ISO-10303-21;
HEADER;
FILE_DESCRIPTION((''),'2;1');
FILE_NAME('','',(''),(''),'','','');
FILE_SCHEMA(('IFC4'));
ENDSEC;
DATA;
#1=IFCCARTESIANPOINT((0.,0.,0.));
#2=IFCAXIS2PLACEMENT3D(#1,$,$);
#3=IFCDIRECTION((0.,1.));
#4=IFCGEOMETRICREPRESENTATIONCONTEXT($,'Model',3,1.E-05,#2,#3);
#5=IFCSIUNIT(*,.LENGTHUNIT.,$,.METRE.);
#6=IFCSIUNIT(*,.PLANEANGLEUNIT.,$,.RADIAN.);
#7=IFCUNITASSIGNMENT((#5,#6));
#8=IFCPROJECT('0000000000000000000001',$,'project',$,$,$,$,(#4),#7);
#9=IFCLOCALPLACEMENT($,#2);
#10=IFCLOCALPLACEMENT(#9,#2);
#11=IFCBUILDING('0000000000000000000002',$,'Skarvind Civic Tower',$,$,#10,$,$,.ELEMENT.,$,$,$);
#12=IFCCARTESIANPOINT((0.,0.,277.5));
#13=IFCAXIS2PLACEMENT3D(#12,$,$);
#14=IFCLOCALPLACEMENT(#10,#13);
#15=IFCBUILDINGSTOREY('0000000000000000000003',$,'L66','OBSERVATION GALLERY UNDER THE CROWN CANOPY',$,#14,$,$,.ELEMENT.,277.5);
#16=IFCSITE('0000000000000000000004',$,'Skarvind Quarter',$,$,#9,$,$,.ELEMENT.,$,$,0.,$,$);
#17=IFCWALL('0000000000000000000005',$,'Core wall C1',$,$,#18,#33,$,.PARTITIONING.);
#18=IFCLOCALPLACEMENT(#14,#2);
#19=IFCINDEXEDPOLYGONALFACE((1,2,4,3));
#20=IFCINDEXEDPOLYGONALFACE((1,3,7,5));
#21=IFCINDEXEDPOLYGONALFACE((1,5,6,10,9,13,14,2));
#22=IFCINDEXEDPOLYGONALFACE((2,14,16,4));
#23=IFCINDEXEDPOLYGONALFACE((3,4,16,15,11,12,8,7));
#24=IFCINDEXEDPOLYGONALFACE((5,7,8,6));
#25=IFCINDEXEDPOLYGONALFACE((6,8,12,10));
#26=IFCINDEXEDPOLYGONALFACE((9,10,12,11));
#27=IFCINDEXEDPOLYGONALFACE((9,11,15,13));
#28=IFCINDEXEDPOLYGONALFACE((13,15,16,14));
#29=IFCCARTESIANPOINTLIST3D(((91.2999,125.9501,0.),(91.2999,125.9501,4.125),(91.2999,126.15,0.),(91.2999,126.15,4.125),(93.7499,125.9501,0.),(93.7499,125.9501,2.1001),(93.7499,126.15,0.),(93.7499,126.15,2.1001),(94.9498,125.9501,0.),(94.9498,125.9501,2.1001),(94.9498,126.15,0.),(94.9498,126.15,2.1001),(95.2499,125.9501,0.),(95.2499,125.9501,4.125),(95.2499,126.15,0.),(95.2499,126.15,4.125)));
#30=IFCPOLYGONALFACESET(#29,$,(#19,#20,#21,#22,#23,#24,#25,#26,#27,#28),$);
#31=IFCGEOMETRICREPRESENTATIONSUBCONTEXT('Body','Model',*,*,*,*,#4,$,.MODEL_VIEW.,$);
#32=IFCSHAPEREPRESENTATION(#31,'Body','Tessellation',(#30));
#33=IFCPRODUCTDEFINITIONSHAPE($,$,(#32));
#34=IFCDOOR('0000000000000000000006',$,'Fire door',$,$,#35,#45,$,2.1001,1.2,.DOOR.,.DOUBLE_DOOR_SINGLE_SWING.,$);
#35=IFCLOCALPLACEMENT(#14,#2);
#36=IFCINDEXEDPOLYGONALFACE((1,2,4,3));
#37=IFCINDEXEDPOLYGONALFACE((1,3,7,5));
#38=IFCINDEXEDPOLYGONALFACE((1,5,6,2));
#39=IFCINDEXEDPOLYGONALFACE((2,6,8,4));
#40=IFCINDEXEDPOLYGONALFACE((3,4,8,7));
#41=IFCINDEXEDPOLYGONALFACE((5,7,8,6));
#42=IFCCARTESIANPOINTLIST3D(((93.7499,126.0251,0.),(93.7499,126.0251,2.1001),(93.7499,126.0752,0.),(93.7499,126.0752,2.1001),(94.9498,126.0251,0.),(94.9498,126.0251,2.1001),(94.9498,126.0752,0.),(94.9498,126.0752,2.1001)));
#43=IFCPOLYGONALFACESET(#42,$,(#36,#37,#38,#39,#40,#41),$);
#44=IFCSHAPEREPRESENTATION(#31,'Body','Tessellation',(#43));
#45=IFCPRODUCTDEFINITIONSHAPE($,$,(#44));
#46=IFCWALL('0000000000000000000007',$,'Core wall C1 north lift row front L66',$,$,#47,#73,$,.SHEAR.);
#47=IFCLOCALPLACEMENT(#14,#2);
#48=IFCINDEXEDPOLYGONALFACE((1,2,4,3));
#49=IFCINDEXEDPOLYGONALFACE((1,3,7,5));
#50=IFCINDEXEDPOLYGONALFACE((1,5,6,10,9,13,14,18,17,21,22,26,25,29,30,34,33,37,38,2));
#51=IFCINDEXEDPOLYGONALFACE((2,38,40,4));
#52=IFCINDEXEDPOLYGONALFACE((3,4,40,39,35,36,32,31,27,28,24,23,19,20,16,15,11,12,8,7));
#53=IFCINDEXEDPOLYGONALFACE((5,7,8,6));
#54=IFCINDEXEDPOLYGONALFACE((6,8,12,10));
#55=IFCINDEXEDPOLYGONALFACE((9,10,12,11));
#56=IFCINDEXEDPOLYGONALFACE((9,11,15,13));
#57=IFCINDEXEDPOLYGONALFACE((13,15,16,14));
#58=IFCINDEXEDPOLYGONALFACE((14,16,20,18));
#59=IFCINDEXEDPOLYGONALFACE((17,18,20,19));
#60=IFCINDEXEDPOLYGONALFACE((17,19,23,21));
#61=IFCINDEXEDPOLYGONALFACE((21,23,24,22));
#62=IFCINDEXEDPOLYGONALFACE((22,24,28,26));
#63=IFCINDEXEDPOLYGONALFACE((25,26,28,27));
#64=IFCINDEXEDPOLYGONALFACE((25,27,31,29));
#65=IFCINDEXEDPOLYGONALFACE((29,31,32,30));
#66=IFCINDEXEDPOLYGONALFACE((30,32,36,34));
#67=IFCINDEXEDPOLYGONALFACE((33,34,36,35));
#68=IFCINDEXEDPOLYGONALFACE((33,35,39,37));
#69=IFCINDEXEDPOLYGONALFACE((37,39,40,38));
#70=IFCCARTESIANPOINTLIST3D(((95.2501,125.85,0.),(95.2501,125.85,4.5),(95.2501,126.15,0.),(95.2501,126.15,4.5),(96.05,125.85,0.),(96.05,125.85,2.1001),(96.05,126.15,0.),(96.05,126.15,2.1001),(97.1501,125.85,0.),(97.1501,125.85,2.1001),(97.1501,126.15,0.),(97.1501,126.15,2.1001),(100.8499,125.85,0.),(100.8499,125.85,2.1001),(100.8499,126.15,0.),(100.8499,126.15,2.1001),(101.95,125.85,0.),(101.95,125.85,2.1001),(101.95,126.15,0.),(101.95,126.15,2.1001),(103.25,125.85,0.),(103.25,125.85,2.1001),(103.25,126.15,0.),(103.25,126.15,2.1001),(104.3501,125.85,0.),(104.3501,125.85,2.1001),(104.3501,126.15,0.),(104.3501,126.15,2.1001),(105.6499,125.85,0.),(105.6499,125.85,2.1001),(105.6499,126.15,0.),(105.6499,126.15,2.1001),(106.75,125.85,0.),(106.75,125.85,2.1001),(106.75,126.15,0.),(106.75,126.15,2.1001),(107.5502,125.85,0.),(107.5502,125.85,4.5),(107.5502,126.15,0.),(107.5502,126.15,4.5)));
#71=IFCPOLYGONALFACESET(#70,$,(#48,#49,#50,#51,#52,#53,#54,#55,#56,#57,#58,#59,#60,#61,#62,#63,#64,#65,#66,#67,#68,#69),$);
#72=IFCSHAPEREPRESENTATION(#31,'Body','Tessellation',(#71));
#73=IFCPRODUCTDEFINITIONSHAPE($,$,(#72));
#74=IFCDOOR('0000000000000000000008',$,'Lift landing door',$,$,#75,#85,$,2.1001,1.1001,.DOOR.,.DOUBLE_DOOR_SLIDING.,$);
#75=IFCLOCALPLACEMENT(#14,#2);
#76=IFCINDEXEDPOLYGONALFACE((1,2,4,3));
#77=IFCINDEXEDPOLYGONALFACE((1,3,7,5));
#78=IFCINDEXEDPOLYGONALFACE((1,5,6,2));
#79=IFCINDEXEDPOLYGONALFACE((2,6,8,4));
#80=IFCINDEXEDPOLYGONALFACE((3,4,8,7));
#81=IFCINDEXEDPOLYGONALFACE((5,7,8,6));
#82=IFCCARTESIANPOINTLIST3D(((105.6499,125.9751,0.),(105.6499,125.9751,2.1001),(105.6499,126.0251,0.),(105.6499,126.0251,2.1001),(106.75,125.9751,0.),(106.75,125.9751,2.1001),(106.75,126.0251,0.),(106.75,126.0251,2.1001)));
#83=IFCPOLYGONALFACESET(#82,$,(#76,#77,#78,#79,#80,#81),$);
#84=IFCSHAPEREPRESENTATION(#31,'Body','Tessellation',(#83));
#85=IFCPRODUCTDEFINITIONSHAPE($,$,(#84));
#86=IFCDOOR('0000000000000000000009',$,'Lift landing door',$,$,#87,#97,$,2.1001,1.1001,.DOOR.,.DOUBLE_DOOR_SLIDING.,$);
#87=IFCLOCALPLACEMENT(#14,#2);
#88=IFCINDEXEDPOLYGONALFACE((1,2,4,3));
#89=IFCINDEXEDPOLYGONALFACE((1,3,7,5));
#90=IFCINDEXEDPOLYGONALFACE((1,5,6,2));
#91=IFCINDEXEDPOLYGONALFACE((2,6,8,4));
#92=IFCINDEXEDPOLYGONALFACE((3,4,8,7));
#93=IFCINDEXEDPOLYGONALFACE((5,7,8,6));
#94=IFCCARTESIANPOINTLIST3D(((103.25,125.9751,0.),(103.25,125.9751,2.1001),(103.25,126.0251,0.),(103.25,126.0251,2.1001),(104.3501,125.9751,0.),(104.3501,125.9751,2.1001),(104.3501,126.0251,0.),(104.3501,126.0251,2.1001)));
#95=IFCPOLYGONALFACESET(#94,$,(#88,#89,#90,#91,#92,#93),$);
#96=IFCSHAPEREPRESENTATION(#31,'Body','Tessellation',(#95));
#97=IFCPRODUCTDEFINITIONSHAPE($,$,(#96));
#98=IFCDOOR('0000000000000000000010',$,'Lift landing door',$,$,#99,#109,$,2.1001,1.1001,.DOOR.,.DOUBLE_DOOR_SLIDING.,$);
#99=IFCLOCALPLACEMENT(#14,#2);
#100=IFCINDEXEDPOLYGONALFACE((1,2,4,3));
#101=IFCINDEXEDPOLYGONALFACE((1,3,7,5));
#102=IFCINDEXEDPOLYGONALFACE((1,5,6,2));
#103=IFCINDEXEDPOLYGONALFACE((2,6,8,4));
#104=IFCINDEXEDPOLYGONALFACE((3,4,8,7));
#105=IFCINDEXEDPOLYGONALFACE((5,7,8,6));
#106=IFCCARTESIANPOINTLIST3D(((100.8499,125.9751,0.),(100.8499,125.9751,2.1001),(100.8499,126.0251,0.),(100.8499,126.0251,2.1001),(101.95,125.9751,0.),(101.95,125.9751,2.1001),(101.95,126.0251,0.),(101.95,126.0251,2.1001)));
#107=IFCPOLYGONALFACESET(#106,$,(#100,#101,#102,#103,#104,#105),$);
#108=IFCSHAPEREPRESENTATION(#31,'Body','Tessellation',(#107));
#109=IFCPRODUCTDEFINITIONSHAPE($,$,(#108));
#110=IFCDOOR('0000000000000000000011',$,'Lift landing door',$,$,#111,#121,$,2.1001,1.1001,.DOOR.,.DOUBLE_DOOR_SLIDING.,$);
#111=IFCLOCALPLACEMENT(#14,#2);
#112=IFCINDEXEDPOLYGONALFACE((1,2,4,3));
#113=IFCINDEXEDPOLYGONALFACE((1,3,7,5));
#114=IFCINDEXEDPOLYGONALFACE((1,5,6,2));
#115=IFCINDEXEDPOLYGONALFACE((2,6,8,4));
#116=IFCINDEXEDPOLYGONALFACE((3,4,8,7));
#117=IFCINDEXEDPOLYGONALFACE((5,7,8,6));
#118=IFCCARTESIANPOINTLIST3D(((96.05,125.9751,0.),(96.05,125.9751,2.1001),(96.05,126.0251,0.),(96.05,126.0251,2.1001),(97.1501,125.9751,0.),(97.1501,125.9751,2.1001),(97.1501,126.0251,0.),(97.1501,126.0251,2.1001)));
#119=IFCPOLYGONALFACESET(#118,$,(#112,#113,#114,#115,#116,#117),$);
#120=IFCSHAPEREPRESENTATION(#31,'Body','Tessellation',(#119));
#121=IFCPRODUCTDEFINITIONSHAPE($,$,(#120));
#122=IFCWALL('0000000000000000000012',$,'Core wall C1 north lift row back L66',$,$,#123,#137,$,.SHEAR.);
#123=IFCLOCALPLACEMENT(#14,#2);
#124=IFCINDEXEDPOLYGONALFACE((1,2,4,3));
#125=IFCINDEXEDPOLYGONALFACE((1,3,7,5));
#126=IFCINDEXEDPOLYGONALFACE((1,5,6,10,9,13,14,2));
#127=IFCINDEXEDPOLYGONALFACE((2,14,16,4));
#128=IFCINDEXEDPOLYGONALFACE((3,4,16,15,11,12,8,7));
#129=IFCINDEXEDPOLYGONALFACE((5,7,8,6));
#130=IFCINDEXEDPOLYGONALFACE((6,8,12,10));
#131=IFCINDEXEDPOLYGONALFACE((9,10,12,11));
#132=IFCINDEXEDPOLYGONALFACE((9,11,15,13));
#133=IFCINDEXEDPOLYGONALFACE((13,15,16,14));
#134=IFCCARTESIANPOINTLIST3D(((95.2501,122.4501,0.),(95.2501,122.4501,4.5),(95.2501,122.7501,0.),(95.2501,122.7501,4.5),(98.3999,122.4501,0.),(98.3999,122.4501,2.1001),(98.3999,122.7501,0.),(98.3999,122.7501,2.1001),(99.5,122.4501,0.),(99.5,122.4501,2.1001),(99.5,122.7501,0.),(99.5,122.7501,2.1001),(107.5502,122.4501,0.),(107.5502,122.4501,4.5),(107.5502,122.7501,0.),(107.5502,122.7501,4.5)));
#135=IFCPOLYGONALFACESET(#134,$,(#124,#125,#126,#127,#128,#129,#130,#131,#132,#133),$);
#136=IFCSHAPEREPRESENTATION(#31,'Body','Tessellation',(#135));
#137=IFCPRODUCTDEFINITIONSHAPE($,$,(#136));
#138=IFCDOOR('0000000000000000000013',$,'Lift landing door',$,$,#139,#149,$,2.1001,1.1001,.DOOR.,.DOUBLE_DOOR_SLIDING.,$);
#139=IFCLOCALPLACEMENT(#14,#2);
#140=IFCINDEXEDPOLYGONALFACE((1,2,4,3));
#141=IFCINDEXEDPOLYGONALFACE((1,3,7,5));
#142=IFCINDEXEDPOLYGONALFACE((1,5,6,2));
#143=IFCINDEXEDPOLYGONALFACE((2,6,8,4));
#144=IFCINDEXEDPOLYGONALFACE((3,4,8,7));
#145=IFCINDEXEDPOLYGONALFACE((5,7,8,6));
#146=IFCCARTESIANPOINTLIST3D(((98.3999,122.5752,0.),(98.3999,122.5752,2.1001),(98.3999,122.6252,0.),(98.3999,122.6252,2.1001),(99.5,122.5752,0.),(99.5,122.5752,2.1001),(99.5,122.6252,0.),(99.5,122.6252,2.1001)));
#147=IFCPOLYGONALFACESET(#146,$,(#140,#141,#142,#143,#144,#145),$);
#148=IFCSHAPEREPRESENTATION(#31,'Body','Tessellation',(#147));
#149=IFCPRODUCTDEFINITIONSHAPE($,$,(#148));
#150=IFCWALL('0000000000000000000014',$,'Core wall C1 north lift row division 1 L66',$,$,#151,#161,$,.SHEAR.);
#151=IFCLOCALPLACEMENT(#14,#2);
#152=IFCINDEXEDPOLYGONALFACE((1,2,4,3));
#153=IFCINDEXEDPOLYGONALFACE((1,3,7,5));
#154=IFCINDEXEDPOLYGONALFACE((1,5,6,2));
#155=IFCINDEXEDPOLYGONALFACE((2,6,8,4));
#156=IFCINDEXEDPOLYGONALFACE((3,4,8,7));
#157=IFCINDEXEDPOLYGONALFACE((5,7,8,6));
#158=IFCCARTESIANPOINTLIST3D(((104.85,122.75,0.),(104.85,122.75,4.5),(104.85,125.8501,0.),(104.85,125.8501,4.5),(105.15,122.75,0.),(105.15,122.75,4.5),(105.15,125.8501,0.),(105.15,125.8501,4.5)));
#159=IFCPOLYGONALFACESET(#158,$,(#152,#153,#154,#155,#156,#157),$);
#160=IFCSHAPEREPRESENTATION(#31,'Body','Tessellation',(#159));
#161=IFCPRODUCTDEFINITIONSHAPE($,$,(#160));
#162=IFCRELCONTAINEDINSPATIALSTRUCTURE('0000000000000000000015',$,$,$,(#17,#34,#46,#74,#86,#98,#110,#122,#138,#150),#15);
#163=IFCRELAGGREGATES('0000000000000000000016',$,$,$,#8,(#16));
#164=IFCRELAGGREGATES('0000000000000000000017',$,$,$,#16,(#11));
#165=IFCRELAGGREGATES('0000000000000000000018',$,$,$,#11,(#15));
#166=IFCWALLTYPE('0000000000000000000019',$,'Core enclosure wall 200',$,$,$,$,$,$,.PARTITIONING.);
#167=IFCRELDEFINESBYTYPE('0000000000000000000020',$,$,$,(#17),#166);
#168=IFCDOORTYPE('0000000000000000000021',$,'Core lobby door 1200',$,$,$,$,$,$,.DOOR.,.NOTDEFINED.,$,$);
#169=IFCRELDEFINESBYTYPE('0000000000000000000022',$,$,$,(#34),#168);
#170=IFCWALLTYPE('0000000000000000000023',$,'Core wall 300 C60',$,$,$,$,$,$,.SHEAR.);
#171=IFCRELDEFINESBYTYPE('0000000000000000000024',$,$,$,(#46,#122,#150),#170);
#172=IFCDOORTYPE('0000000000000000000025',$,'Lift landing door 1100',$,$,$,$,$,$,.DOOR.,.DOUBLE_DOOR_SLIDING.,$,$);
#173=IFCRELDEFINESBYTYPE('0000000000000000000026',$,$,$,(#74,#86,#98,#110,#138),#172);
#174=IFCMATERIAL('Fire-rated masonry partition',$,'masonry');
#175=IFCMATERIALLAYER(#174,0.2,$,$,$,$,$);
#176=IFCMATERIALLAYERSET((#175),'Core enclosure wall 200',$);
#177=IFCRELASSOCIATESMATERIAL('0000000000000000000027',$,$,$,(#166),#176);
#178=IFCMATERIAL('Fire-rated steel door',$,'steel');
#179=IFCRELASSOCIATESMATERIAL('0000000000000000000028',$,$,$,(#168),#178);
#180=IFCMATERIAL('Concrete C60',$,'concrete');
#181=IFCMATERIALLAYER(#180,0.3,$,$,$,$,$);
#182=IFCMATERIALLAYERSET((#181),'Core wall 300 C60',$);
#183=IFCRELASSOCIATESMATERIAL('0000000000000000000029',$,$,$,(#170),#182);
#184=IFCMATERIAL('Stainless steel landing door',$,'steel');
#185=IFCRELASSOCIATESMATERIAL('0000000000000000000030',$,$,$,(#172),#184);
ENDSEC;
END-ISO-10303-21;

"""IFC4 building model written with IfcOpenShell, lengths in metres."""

from ifc_helpers import new_model, si_unit, direction, frame, frame_2d, origin, place, context, subcontext, project, spatial, rectangle, extrude, material, layer, layer_set, type_object, element, fill, save


model = new_model("IFC4")

# Units and contexts
model_context = context("Model", 3, precision=1e-05, world=origin(), true_north=direction((0.0, 1.0)))
body_context = subcontext(model_context, "Body", "Model", "MODEL_VIEW")
ifc_project = project(units=[si_unit("LENGTHUNIT", "METRE"), si_unit("PLANEANGLEUNIT", "RADIAN")], contexts=[model_context])

# Site, building, storey
site_placement = place(None, origin())
site = spatial("IfcSite", under=ifc_project, at=site_placement, Name="Skarvind Quarter", CompositionType="ELEMENT", RefElevation=0.0)
building_placement = place(site_placement, origin())
building = spatial("IfcBuilding", under=site, at=building_placement, Name="Skarvind Civic Tower", CompositionType="ELEMENT")
storey_placement = place(building_placement, frame((0.0, 0.0, 277.5)))
storey = spatial("IfcBuildingStorey", under=building, at=storey_placement, Name="L66", Description="OBSERVATION GALLERY UNDER THE CROWN CANOPY", CompositionType="ELEMENT", Elevation=277.5)

# Wall, opening, door
ifc_material_1 = material(Name="Fire-rated masonry partition", Category="masonry")
ifc_layer_1 = layer(ifc_material_1, 0.2)
ifc_layer_set_1 = layer_set([ifc_layer_1], Name="Core enclosure wall 200")
wall_type_1 = type_object("IfcWallType", Name="Core enclosure wall 200", PredefinedType="PARTITIONING", material=ifc_layer_set_1)
wall_1_placement = place(storey_placement, frame((95.25, 126.05, 0.0), z_axis=(0.0, 0.0, 1.0), x_axis=(-1.0, 0.0, 0.0)))
wall_1 = element("IfcWall", 1, at=wall_1_placement, inside=storey, type_object=wall_type_1, Name="Core wall C1", PredefinedType="PARTITIONING", context=body_context, shape_type="SweptSolid", body=[
    extrude(rectangle(XDim=3.95, YDim=0.2, at=frame_2d((1.9751, 0.0))), origin(), (0.0, 0.0, 1.0), 4.125),
])
opening_1_placement = place(wall_1_placement, frame((0.3, 0.0, 0.0)))
opening_1 = element("IfcOpeningElement", 2, at=opening_1_placement, cuts=wall_1, PredefinedType="OPENING", context=body_context, shape_type="SweptSolid", body=[
    extrude(rectangle(XDim=1.2, YDim=2.1001, at=frame_2d((0.6001, 1.05))), frame((0.0, 0.1099, 0.0), z_axis=(0.0, -1.0, 0.0), x_axis=(1.0, 0.0, 0.0)), (0.0, 0.0, 1.0), 0.22),
])
ifc_material_2 = material(Name="Fire-rated steel door", Category="steel")
door_type_1 = type_object("IfcDoorType", Name="Core lobby door 1200", OperationType="NOTDEFINED", PredefinedType="DOOR", material=ifc_material_2)
door_1_placement = place(opening_1_placement, origin())
door_1 = element("IfcDoor", 3, at=door_1_placement, inside=storey, type_object=door_type_1, Name="Fire door", OperationType="DOUBLE_DOOR_SINGLE_SWING", OverallHeight=2.1001, OverallWidth=1.2, PredefinedType="DOOR", context=body_context, shape_type="SweptSolid", body=[
    extrude(rectangle(XDim=1.2, YDim=2.1001, at=frame_2d((0.6001, 1.05))), frame((0.0, 0.0249, 0.0), z_axis=(0.0, -1.0, 0.0), x_axis=(1.0, 0.0, 0.0)), (0.0, 0.0, 1.0), 0.05),
])
fill(opening_1, door_1)

# Wall, openings, doors
ifc_material_3 = material(Name="Concrete C60", Category="concrete")
ifc_layer_2 = layer(ifc_material_3, 0.3)
ifc_layer_set_2 = layer_set([ifc_layer_2], Name="Core wall 300 C60")
wall_type_2 = type_object("IfcWallType", Name="Core wall 300 C60", PredefinedType="SHEAR", material=ifc_layer_set_2)
wall_2_placement = place(storey_placement, frame((107.55, 126.0, 0.0), z_axis=(0.0, 0.0, 1.0), x_axis=(-1.0, 0.0, 0.0)))
wall_2 = element("IfcWall", 4, at=wall_2_placement, inside=storey, type_object=wall_type_2, Name="Core wall C1 north lift row front L66", PredefinedType="SHEAR", context=body_context, shape_type="SweptSolid", body=[
    extrude(rectangle(XDim=12.3, YDim=0.3, at=frame_2d((6.1499, 0.0))), origin(), (0.0, 0.0, 1.0), 4.5),
])
opening_2_placement = place(wall_2_placement, frame((0.8, 0.0, 0.0)))
opening_2 = element("IfcOpeningElement", 5, at=opening_2_placement, cuts=wall_2, PredefinedType="OPENING", context=body_context, shape_type="SweptSolid", body=[
    extrude(rectangle(XDim=1.1001, YDim=2.1001, at=frame_2d((0.55, 1.05))), frame((0.0, 0.1599, 0.0), z_axis=(0.0, -1.0, 0.0), x_axis=(1.0, 0.0, 0.0)), (0.0, 0.0, 1.0), 0.3201),
])
opening_3_placement = place(wall_2_placement, frame((3.2, 0.0, 0.0)))
opening_3 = element("IfcOpeningElement", 6, at=opening_3_placement, cuts=wall_2, PredefinedType="OPENING", context=body_context, shape_type="SweptSolid", body=[
    extrude(rectangle(XDim=1.1001, YDim=2.1001, at=frame_2d((0.55, 1.05))), frame((0.0, 0.1599, 0.0), z_axis=(0.0, -1.0, 0.0), x_axis=(1.0, 0.0, 0.0)), (0.0, 0.0, 1.0), 0.3201),
])
opening_4_placement = place(wall_2_placement, frame((5.6001, 0.0, 0.0)))
opening_4 = element("IfcOpeningElement", 7, at=opening_4_placement, cuts=wall_2, PredefinedType="OPENING", context=body_context, shape_type="SweptSolid", body=[
    extrude(rectangle(XDim=1.1001, YDim=2.1001, at=frame_2d((0.55, 1.05))), frame((0.0, 0.1599, 0.0), z_axis=(0.0, -1.0, 0.0), x_axis=(1.0, 0.0, 0.0)), (0.0, 0.0, 1.0), 0.3201),
])
opening_5_placement = place(wall_2_placement, frame((10.3999, 0.0, 0.0)))
opening_5 = element("IfcOpeningElement", 8, at=opening_5_placement, cuts=wall_2, PredefinedType="OPENING", context=body_context, shape_type="SweptSolid", body=[
    extrude(rectangle(XDim=1.1001, YDim=2.1001, at=frame_2d((0.55, 1.05))), frame((0.0, 0.1599, 0.0), z_axis=(0.0, -1.0, 0.0), x_axis=(1.0, 0.0, 0.0)), (0.0, 0.0, 1.0), 0.3201),
])
ifc_material_4 = material(Name="Stainless steel landing door", Category="steel")
door_type_2 = type_object("IfcDoorType", Name="Lift landing door 1100", OperationType="DOUBLE_DOOR_SLIDING", PredefinedType="DOOR", material=ifc_material_4)
door_2_placement = place(opening_2_placement, origin())
door_2 = element("IfcDoor", 9, at=door_2_placement, inside=storey, type_object=door_type_2, Name="Lift landing door", OperationType="DOUBLE_DOOR_SLIDING", OverallHeight=2.1001, OverallWidth=1.1001, PredefinedType="DOOR", context=body_context, shape_type="SweptSolid", body=[
    extrude(rectangle(XDim=1.1001, YDim=2.1001, at=frame_2d((0.55, 1.05))), frame((0.0, 0.0249, 0.0), z_axis=(0.0, -1.0, 0.0), x_axis=(1.0, 0.0, 0.0)), (0.0, 0.0, 1.0), 0.05),
])
fill(opening_2, door_2)
door_3_placement = place(opening_3_placement, origin())
door_3 = element("IfcDoor", 10, at=door_3_placement, inside=storey, type_object=door_type_2, Name="Lift landing door", OperationType="DOUBLE_DOOR_SLIDING", OverallHeight=2.1001, OverallWidth=1.1001, PredefinedType="DOOR", context=body_context, shape_type="SweptSolid", body=[
    extrude(rectangle(XDim=1.1001, YDim=2.1001, at=frame_2d((0.55, 1.05))), frame((0.0, 0.0249, 0.0), z_axis=(0.0, -1.0, 0.0), x_axis=(1.0, 0.0, 0.0)), (0.0, 0.0, 1.0), 0.05),
])
fill(opening_3, door_3)
door_4_placement = place(opening_4_placement, origin())
door_4 = element("IfcDoor", 11, at=door_4_placement, inside=storey, type_object=door_type_2, Name="Lift landing door", OperationType="DOUBLE_DOOR_SLIDING", OverallHeight=2.1001, OverallWidth=1.1001, PredefinedType="DOOR", context=body_context, shape_type="SweptSolid", body=[
    extrude(rectangle(XDim=1.1001, YDim=2.1001, at=frame_2d((0.55, 1.05))), frame((0.0, 0.0249, 0.0), z_axis=(0.0, -1.0, 0.0), x_axis=(1.0, 0.0, 0.0)), (0.0, 0.0, 1.0), 0.05),
])
fill(opening_4, door_4)
door_5_placement = place(opening_5_placement, origin())
door_5 = element("IfcDoor", 12, at=door_5_placement, inside=storey, type_object=door_type_2, Name="Lift landing door", OperationType="DOUBLE_DOOR_SLIDING", OverallHeight=2.1001, OverallWidth=1.1001, PredefinedType="DOOR", context=body_context, shape_type="SweptSolid", body=[
    extrude(rectangle(XDim=1.1001, YDim=2.1001, at=frame_2d((0.55, 1.05))), frame((0.0, 0.0249, 0.0), z_axis=(0.0, -1.0, 0.0), x_axis=(1.0, 0.0, 0.0)), (0.0, 0.0, 1.0), 0.05),
])
fill(opening_5, door_5)

# Wall, opening, door
wall_3_placement = place(storey_placement, frame((107.55, 122.6001, 0.0), z_axis=(0.0, 0.0, 1.0), x_axis=(-1.0, 0.0, 0.0)))
wall_3 = element("IfcWall", 13, at=wall_3_placement, inside=storey, type_object=wall_type_2, Name="Core wall C1 north lift row back L66", PredefinedType="SHEAR", context=body_context, shape_type="SweptSolid", body=[
    extrude(rectangle(XDim=12.3, YDim=0.3, at=frame_2d((6.1499, 0.0))), origin(), (0.0, 0.0, 1.0), 4.5),
])
opening_6_placement = place(wall_3_placement, frame((8.05, 0.0, 0.0)))
opening_6 = element("IfcOpeningElement", 14, at=opening_6_placement, cuts=wall_3, PredefinedType="OPENING", context=body_context, shape_type="SweptSolid", body=[
    extrude(rectangle(XDim=1.1001, YDim=2.1001, at=frame_2d((0.55, 1.05))), frame((0.0, 0.1599, 0.0), z_axis=(0.0, -1.0, 0.0), x_axis=(1.0, 0.0, 0.0)), (0.0, 0.0, 1.0), 0.3201),
])
door_6_placement = place(opening_6_placement, origin())
door_6 = element("IfcDoor", 15, at=door_6_placement, inside=storey, type_object=door_type_2, Name="Lift landing door", OperationType="DOUBLE_DOOR_SLIDING", OverallHeight=2.1001, OverallWidth=1.1001, PredefinedType="DOOR", context=body_context, shape_type="SweptSolid", body=[
    extrude(rectangle(XDim=1.1001, YDim=2.1001, at=frame_2d((0.55, 1.05))), frame((0.0, 0.0249, 0.0), z_axis=(0.0, -1.0, 0.0), x_axis=(1.0, 0.0, 0.0)), (0.0, 0.0, 1.0), 0.05),
])
fill(opening_6, door_6)

# Wall
for number, where, z_axis, x_axis, name in (
    (16, (105.0, 125.8501, 0.0), (0.0, 0.0, 1.0), (0.0, -1.0, 0.0), "Core wall C1 north lift row division 1 L66"),
):
    element("IfcWall", number, at=place(storey_placement, frame(where, z_axis=z_axis, x_axis=x_axis)), inside=storey, type_object=wall_type_2, Name=name, PredefinedType="SHEAR", context=body_context, shape_type="SweptSolid", body=[
        extrude(rectangle(XDim=3.1001, YDim=0.3, at=frame_2d((1.55, 0.0))), origin(), (0.0, 0.0, 1.0), 4.5),
    ])

save(model, "model.ifc")
